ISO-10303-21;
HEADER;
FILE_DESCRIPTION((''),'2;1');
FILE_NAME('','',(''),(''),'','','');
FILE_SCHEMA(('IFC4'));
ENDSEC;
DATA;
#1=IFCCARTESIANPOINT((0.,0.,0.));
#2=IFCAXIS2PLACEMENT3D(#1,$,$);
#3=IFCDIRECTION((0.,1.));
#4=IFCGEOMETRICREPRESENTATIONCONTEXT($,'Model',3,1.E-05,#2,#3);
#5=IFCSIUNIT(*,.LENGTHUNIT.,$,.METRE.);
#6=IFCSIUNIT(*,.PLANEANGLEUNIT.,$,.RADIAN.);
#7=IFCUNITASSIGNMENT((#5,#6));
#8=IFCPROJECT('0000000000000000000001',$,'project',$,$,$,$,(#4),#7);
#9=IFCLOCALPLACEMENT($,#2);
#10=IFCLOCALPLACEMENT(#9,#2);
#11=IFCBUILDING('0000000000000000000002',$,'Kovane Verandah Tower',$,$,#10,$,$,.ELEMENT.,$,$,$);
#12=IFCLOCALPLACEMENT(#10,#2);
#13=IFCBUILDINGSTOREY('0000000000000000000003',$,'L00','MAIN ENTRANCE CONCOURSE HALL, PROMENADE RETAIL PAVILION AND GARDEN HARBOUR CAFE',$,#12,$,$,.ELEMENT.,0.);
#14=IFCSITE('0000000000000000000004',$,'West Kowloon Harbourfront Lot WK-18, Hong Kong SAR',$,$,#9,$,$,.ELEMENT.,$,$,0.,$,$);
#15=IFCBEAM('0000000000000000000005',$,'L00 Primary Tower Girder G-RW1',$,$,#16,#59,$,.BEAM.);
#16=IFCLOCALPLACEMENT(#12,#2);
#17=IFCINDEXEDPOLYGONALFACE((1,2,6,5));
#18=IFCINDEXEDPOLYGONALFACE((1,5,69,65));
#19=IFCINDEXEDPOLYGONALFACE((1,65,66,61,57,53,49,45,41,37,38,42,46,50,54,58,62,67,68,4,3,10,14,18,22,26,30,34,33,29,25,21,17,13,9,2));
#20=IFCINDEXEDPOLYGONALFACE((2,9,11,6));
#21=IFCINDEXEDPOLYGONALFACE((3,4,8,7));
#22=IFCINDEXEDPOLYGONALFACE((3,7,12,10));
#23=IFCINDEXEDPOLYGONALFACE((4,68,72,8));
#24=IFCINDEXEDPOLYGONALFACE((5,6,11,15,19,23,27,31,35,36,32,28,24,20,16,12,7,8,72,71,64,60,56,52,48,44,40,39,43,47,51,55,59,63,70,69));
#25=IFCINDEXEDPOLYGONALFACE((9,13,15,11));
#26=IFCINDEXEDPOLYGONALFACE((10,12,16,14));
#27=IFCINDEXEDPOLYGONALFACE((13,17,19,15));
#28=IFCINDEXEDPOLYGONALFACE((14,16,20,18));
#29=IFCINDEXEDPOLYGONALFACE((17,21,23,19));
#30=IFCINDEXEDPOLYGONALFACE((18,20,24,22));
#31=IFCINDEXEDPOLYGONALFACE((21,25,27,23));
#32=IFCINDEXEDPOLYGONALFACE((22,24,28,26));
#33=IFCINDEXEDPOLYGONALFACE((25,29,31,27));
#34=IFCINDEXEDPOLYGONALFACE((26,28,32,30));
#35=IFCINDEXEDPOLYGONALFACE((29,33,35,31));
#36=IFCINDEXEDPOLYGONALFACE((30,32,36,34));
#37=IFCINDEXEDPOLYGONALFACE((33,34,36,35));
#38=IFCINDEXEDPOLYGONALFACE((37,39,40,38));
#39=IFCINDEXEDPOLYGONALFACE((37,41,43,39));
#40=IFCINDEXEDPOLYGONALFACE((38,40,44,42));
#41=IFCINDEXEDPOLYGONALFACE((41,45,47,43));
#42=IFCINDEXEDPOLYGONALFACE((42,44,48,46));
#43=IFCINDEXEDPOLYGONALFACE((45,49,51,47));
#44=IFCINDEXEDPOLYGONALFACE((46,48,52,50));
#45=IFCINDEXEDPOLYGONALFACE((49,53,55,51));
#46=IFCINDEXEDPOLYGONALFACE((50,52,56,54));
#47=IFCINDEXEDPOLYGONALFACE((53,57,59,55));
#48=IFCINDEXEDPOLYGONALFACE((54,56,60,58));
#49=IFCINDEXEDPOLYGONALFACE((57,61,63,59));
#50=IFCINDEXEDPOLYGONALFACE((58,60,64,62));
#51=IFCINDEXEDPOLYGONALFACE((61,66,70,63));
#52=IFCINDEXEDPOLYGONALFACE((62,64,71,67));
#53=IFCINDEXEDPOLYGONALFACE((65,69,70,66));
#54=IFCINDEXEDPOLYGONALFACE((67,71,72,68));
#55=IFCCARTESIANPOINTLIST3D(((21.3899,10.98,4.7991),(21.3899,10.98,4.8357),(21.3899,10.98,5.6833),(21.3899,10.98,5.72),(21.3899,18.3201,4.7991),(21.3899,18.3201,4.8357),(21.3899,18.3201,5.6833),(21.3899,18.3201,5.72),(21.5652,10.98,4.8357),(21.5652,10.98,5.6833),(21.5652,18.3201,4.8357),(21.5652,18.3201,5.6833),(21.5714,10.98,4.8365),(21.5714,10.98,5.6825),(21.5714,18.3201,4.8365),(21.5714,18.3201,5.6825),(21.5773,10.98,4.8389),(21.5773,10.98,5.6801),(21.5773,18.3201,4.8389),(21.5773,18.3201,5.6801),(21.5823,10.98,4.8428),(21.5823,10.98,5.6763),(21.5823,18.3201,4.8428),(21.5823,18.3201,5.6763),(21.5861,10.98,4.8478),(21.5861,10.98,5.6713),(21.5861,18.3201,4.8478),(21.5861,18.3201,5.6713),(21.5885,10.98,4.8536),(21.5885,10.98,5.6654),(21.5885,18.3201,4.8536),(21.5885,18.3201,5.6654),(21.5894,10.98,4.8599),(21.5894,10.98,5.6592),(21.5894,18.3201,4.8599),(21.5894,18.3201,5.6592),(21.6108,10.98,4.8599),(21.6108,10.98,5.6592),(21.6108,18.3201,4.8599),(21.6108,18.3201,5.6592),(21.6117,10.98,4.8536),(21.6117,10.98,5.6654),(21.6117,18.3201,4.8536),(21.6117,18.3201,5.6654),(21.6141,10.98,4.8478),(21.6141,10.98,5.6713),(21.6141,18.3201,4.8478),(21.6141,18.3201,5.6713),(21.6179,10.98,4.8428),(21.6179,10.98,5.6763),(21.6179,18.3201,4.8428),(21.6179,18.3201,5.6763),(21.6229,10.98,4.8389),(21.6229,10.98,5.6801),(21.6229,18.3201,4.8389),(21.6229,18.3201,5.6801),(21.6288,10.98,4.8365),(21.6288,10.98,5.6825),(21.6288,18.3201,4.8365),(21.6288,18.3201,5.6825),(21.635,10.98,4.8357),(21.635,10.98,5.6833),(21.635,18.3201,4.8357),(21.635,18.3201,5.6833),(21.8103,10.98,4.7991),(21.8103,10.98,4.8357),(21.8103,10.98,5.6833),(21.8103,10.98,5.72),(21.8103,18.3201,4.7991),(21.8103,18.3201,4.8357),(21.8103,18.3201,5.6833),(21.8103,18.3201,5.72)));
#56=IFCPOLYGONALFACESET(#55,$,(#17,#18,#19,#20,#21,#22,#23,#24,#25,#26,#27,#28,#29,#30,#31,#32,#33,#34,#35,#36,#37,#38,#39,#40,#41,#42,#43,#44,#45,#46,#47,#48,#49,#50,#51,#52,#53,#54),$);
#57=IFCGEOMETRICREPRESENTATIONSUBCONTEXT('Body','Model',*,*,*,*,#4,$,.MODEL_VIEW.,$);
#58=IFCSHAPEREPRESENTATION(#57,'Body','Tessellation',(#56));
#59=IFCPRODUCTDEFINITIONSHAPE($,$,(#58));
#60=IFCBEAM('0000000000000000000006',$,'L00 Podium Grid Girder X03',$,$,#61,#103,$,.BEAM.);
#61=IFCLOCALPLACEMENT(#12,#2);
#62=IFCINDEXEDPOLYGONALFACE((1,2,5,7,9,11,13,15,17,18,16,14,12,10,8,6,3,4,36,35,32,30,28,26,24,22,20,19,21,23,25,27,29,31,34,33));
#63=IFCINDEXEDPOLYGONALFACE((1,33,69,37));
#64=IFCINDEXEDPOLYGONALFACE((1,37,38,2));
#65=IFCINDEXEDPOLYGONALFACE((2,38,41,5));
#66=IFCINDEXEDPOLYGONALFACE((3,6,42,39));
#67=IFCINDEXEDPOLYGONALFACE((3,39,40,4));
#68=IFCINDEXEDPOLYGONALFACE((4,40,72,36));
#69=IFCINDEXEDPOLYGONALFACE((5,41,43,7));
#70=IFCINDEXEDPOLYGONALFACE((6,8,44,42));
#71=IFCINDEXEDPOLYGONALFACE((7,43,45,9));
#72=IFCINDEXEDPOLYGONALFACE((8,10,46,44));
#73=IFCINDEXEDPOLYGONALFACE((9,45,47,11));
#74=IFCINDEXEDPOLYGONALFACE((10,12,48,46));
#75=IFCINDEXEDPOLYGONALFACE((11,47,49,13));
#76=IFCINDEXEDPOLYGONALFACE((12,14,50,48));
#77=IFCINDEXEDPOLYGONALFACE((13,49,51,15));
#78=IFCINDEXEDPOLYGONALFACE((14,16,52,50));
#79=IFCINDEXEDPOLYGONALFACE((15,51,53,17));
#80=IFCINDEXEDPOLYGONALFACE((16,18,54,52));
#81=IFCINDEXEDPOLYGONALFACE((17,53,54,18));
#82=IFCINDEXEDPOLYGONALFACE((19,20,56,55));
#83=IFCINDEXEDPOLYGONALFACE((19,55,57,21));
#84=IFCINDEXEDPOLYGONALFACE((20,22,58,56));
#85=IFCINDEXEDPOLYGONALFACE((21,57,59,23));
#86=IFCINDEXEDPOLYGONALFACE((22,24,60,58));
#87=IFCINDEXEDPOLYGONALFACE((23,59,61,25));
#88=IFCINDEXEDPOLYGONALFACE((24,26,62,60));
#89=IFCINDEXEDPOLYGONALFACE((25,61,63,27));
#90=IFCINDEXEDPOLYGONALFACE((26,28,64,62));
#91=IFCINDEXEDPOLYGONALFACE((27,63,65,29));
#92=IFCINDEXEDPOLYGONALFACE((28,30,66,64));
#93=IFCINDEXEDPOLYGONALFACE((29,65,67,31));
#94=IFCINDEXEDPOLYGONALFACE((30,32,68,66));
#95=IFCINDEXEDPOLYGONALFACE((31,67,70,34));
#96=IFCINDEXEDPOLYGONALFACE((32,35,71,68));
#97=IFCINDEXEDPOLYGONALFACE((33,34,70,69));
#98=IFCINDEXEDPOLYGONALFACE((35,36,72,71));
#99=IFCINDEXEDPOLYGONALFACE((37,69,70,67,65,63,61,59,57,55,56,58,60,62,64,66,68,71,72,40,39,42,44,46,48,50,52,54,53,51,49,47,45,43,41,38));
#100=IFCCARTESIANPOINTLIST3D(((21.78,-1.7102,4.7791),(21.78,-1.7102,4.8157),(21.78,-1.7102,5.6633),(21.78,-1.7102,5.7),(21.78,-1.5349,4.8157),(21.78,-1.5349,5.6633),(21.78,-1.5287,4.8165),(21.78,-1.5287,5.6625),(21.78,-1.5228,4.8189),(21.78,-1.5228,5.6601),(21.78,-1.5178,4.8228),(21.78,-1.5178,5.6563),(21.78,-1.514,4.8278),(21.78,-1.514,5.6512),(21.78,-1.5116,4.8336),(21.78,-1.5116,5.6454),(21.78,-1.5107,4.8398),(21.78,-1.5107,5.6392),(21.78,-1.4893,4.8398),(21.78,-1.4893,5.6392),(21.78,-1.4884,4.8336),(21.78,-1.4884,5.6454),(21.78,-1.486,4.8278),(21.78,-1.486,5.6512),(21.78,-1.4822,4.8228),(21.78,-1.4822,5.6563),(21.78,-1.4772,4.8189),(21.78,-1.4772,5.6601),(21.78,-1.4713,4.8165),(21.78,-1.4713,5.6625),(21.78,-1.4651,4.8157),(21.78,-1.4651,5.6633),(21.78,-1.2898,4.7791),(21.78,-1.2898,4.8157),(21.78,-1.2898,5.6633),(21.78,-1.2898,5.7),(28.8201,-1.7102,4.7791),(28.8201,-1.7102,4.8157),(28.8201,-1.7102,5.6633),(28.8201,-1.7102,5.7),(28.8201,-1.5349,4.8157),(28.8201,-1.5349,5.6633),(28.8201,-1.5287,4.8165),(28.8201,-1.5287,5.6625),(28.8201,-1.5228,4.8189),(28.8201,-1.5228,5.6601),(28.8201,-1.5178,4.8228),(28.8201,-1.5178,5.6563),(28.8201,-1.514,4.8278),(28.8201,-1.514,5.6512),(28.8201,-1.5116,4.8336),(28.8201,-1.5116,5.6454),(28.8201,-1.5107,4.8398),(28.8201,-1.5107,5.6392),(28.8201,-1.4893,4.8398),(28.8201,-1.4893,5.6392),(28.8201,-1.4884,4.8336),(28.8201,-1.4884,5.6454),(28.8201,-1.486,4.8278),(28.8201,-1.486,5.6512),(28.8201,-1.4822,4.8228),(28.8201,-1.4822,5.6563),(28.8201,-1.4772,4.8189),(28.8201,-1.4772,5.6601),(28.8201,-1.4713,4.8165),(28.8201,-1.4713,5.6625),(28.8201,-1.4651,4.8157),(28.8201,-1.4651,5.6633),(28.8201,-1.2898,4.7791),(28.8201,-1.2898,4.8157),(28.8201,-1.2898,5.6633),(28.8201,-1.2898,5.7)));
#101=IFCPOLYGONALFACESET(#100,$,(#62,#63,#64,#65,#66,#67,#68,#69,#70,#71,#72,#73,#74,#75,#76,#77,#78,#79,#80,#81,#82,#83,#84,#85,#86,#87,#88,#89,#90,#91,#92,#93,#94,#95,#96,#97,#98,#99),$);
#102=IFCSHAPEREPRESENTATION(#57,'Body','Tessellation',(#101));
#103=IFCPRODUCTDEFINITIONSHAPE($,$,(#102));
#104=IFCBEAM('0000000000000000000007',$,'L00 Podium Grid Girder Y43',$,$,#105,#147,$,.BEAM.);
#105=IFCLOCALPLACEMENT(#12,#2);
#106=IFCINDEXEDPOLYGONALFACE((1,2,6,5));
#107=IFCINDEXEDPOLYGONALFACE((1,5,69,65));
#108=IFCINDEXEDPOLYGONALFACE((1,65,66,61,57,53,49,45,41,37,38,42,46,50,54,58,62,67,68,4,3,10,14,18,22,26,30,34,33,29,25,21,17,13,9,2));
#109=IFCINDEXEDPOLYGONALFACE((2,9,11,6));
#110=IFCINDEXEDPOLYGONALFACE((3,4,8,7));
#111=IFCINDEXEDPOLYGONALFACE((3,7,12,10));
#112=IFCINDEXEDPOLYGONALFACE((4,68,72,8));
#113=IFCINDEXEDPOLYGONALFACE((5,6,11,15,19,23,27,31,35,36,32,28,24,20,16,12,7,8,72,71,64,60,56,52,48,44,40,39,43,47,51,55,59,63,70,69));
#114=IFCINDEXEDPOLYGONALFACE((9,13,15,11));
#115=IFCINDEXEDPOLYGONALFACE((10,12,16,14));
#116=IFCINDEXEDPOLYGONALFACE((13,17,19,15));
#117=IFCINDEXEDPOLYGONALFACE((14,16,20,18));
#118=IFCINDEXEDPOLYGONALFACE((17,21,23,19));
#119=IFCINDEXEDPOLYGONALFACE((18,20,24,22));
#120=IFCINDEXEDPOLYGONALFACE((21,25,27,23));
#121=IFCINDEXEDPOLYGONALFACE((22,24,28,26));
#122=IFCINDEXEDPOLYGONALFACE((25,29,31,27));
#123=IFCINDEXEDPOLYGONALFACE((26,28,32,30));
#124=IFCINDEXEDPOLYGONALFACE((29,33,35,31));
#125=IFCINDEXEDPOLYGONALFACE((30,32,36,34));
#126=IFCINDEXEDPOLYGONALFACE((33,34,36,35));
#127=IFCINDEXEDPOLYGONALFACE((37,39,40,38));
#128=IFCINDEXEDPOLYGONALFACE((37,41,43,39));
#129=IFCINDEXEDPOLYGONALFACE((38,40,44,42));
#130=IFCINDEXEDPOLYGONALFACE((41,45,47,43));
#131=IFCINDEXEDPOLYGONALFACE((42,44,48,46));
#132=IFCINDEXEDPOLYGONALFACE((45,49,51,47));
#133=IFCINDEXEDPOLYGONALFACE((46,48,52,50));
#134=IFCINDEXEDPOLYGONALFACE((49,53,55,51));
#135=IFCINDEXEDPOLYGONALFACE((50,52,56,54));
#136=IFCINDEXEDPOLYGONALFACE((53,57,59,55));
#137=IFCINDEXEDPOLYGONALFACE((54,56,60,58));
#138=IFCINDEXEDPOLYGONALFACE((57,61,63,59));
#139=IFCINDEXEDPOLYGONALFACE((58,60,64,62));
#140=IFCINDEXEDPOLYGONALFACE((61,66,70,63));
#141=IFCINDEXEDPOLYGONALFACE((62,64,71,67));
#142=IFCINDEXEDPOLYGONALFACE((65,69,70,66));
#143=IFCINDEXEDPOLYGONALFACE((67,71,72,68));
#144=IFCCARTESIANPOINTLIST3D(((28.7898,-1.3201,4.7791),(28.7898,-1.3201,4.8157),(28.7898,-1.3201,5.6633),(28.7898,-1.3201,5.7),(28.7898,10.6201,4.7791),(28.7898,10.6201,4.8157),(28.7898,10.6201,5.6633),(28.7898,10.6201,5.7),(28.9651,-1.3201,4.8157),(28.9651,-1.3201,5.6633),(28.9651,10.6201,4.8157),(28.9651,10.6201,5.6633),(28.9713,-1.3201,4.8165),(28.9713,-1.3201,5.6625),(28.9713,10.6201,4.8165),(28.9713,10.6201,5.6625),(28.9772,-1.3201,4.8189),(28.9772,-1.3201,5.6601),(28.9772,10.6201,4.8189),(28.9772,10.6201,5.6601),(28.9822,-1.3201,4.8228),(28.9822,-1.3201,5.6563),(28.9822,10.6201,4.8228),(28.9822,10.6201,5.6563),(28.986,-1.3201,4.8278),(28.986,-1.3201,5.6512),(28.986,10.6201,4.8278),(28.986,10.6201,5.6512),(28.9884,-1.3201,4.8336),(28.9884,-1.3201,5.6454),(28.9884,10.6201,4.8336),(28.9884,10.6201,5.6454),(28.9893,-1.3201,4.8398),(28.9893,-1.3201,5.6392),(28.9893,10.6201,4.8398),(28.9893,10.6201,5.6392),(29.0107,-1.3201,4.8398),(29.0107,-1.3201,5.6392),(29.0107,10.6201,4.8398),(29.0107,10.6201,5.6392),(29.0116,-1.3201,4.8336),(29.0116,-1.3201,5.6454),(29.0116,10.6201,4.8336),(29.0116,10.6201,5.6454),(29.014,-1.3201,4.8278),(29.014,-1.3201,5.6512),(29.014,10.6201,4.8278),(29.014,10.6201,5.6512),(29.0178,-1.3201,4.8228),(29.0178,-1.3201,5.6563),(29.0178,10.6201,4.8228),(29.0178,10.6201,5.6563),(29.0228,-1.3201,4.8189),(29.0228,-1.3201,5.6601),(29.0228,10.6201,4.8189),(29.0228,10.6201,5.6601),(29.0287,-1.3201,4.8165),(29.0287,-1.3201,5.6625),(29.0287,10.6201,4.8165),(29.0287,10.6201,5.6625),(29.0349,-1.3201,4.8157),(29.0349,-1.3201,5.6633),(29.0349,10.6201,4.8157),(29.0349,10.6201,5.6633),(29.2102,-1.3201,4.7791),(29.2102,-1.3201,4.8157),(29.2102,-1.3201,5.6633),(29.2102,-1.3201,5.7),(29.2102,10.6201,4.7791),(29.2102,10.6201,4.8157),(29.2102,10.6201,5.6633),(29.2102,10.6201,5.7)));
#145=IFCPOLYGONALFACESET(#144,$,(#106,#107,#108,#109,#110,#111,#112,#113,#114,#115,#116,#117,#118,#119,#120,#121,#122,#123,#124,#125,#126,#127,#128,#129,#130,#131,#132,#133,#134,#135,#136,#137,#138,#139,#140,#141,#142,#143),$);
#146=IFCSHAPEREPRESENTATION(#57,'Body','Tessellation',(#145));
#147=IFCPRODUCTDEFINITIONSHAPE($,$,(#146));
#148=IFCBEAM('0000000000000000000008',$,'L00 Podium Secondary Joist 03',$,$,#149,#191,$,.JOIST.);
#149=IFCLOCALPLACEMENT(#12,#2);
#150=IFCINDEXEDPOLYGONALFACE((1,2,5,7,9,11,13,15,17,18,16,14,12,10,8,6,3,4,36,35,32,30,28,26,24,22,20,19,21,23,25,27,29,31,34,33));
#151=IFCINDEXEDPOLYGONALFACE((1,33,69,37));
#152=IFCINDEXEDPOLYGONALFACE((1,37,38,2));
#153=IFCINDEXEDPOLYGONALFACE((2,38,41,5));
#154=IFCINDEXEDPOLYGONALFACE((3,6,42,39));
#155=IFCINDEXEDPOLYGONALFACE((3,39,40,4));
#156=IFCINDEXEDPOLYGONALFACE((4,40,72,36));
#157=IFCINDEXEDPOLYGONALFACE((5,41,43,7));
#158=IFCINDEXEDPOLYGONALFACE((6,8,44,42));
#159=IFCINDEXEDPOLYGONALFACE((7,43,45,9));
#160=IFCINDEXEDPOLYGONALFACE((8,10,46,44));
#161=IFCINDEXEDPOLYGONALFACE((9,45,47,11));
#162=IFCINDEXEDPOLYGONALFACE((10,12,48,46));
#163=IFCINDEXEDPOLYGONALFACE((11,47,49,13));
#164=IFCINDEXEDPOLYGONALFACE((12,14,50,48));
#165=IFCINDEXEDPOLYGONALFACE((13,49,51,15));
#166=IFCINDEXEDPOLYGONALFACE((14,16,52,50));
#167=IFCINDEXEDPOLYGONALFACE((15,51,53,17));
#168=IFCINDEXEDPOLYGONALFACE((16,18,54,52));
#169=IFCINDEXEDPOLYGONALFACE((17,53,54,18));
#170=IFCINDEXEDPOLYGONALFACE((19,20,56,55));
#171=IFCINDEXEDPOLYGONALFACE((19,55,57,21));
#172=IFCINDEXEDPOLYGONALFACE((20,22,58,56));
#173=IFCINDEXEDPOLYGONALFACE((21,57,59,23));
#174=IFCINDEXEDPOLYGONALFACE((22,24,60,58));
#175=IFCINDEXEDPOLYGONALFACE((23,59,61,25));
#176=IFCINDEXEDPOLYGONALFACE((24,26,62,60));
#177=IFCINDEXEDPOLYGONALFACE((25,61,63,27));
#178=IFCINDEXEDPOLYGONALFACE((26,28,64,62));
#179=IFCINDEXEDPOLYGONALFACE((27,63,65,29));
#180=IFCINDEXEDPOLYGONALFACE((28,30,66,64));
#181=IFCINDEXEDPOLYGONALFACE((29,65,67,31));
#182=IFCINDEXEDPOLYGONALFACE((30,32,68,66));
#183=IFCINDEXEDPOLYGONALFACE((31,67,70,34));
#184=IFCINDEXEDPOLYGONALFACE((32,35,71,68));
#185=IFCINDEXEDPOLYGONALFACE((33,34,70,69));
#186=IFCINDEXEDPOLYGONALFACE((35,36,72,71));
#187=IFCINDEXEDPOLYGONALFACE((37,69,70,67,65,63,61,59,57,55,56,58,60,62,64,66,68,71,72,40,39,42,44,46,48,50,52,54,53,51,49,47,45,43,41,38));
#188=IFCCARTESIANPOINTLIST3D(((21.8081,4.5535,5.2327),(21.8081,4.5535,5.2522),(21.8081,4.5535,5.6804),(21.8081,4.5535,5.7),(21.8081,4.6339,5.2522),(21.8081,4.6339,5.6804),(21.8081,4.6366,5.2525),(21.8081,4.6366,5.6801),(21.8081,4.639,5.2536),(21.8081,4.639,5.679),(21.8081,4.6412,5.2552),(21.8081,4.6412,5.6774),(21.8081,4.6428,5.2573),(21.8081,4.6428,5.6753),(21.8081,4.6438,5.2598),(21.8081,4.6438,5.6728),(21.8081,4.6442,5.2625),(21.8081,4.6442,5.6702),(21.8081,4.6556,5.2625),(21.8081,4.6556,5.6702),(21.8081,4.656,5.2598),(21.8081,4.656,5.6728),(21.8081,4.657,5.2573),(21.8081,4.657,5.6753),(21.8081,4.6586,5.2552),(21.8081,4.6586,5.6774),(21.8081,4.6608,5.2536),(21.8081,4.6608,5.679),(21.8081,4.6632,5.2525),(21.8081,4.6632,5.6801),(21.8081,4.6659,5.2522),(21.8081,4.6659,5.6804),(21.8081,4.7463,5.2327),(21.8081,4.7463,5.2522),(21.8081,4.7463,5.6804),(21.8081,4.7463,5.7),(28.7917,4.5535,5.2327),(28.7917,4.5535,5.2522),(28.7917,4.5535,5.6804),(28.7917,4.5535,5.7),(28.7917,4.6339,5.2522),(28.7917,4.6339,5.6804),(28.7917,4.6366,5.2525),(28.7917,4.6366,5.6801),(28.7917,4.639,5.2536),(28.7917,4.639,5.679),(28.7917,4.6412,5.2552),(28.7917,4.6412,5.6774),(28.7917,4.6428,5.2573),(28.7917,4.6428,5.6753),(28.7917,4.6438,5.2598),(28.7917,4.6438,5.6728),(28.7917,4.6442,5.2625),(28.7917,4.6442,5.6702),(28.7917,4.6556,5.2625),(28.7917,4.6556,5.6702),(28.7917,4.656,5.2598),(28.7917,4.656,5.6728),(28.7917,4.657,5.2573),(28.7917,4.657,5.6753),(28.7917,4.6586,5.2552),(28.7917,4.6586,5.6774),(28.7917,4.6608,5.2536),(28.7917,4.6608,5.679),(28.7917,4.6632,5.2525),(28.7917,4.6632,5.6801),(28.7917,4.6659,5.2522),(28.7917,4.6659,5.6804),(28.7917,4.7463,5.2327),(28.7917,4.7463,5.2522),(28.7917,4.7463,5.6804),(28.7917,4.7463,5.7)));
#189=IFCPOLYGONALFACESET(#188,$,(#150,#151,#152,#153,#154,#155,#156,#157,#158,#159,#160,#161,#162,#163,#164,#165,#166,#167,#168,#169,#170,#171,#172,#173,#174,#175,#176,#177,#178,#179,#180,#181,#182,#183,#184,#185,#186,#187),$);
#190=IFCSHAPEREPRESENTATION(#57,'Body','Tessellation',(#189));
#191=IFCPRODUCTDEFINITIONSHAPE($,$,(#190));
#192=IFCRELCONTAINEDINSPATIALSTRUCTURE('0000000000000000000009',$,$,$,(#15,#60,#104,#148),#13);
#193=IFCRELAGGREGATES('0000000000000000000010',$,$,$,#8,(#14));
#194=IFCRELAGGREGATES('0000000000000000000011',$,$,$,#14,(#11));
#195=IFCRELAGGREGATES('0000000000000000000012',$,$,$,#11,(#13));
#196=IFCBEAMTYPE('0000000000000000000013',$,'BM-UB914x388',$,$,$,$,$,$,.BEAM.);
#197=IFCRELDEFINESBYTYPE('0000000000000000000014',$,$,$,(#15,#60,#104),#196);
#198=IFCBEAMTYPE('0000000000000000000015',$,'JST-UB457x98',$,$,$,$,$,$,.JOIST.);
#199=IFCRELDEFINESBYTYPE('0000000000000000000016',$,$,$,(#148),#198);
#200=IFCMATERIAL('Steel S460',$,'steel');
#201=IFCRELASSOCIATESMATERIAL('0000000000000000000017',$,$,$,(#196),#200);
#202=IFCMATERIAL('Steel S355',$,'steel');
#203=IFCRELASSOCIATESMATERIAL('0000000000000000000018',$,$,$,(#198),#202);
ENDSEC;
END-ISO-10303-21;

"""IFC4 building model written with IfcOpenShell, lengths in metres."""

from ifc_helpers import new_model, si_unit, direction, frame, origin, origin_2d, place, context, subcontext, project, spatial, i_section, extrude, material, material_profile, profile_set, type_object, element, save


model = new_model("IFC4")

# Units and contexts
model_context = context("Model", 3, precision=1e-05, world=origin(), true_north=direction((0.0, 1.0)))
body_context = subcontext(model_context, "Body", "Model", "MODEL_VIEW")
ifc_project = project(units=[si_unit("LENGTHUNIT", "METRE"), si_unit("PLANEANGLEUNIT", "RADIAN")], contexts=[model_context])

# Site, building, storey
site_placement = place(None, origin())
site = spatial("IfcSite", under=ifc_project, at=site_placement, Name="West Kowloon Harbourfront Lot WK-18, Hong Kong SAR", CompositionType="ELEMENT", RefElevation=0.0)
building_placement = place(site_placement, origin())
building = spatial("IfcBuilding", under=site, at=building_placement, Name="Kovane Verandah Tower", CompositionType="ELEMENT")
storey_placement = place(building_placement, origin())
storey = spatial("IfcBuildingStorey", under=building, at=storey_placement, Name="L00", Description="MAIN ENTRANCE CONCOURSE HALL, PROMENADE RETAIL PAVILION AND GARDEN HARBOUR CAFE", CompositionType="ELEMENT", Elevation=0.0)

# Shared definitions
ifc_material_1 = material(Name="Steel S460", Category="steel")

# Beams
ifc_material_profile_1 = material_profile(ifc_material_1, i_section(OverallWidth=0.4204, OverallDepth=0.9209, WebThickness=0.0215, FlangeThickness=0.0366, FilletRadius=0.0242, at=origin_2d()), Name="UB914x419x388")
ifc_profile_set_1 = profile_set([ifc_material_profile_1], Name="Steel S460")
beam_type_1 = type_object("IfcBeamType", Name="BM-UB914x388", PredefinedType="BEAM", material=ifc_profile_set_1)
beam_1_placement = place(storey_placement, frame((21.6001, 10.98, 5.2595), z_axis=(0.0, 1.0, 0.0), x_axis=(-1.0, 0.0, 0.0)))
element("IfcBeam", 1, at=beam_1_placement, inside=storey, type_object=beam_type_1, Name="L00 Primary Tower Girder G-RW1", PredefinedType="BEAM", context=body_context, shape_type="SweptSolid", body=[
    extrude(i_section(OverallWidth=0.4204, OverallDepth=0.9209, WebThickness=0.0215, FlangeThickness=0.0366, FilletRadius=0.0242, at=origin_2d()), origin(), (0.0, 0.0, 1.0), 7.3401),
])
beam_2_placement = place(storey_placement, frame((21.78, -1.5, 5.2395), z_axis=(1.0, 0.0, 0.0), x_axis=(0.0, 1.0, 0.0)))
element("IfcBeam", 2, at=beam_2_placement, inside=storey, type_object=beam_type_1, Name="L00 Podium Grid Girder X03", PredefinedType="BEAM", context=body_context, shape_type="SweptSolid", body=[
    extrude(i_section(OverallWidth=0.4204, OverallDepth=0.9209, WebThickness=0.0215, FlangeThickness=0.0366, FilletRadius=0.0242, at=origin_2d()), origin(), (0.0, 0.0, 1.0), 7.04),
])
beam_3_placement = place(storey_placement, frame((29.0, -1.3201, 5.2395), z_axis=(0.0, 1.0, 0.0), x_axis=(-1.0, 0.0, 0.0)))
element("IfcBeam", 3, at=beam_3_placement, inside=storey, type_object=beam_type_1, Name="L00 Podium Grid Girder Y43", PredefinedType="BEAM", context=body_context, shape_type="SweptSolid", body=[
    extrude(i_section(OverallWidth=0.4204, OverallDepth=0.9209, WebThickness=0.0215, FlangeThickness=0.0366, FilletRadius=0.0242, at=origin_2d()), origin(), (0.0, 0.0, 1.0), 11.9402),
])
ifc_material_2 = material(Name="Steel S355", Category="steel")
ifc_material_profile_2 = material_profile(ifc_material_2, i_section(OverallWidth=0.1929, OverallDepth=0.4673, WebThickness=0.0115, FlangeThickness=0.0195, FilletRadius=0.0103, at=origin_2d()), Name="UB457x191x98")
ifc_profile_set_2 = profile_set([ifc_material_profile_2], Name="Steel S355")
beam_type_2 = type_object("IfcBeamType", Name="JST-UB457x98", PredefinedType="JOIST", material=ifc_profile_set_2)
beam_4_placement = place(storey_placement, frame((21.8081, 4.6499, 5.4663), z_axis=(1.0, 0.0, 0.0), x_axis=(0.0, 1.0, 0.0)))
element("IfcBeam", 4, at=beam_4_placement, inside=storey, type_object=beam_type_2, Name="L00 Podium Secondary Joist 03", PredefinedType="JOIST", context=body_context, shape_type="SweptSolid", body=[
    extrude(i_section(OverallWidth=0.1929, OverallDepth=0.4673, WebThickness=0.0115, FlangeThickness=0.0195, FilletRadius=0.0103, at=origin_2d()), origin(), (0.0, 0.0, 1.0), 6.9836),
])

save(model, "model.ifc")
